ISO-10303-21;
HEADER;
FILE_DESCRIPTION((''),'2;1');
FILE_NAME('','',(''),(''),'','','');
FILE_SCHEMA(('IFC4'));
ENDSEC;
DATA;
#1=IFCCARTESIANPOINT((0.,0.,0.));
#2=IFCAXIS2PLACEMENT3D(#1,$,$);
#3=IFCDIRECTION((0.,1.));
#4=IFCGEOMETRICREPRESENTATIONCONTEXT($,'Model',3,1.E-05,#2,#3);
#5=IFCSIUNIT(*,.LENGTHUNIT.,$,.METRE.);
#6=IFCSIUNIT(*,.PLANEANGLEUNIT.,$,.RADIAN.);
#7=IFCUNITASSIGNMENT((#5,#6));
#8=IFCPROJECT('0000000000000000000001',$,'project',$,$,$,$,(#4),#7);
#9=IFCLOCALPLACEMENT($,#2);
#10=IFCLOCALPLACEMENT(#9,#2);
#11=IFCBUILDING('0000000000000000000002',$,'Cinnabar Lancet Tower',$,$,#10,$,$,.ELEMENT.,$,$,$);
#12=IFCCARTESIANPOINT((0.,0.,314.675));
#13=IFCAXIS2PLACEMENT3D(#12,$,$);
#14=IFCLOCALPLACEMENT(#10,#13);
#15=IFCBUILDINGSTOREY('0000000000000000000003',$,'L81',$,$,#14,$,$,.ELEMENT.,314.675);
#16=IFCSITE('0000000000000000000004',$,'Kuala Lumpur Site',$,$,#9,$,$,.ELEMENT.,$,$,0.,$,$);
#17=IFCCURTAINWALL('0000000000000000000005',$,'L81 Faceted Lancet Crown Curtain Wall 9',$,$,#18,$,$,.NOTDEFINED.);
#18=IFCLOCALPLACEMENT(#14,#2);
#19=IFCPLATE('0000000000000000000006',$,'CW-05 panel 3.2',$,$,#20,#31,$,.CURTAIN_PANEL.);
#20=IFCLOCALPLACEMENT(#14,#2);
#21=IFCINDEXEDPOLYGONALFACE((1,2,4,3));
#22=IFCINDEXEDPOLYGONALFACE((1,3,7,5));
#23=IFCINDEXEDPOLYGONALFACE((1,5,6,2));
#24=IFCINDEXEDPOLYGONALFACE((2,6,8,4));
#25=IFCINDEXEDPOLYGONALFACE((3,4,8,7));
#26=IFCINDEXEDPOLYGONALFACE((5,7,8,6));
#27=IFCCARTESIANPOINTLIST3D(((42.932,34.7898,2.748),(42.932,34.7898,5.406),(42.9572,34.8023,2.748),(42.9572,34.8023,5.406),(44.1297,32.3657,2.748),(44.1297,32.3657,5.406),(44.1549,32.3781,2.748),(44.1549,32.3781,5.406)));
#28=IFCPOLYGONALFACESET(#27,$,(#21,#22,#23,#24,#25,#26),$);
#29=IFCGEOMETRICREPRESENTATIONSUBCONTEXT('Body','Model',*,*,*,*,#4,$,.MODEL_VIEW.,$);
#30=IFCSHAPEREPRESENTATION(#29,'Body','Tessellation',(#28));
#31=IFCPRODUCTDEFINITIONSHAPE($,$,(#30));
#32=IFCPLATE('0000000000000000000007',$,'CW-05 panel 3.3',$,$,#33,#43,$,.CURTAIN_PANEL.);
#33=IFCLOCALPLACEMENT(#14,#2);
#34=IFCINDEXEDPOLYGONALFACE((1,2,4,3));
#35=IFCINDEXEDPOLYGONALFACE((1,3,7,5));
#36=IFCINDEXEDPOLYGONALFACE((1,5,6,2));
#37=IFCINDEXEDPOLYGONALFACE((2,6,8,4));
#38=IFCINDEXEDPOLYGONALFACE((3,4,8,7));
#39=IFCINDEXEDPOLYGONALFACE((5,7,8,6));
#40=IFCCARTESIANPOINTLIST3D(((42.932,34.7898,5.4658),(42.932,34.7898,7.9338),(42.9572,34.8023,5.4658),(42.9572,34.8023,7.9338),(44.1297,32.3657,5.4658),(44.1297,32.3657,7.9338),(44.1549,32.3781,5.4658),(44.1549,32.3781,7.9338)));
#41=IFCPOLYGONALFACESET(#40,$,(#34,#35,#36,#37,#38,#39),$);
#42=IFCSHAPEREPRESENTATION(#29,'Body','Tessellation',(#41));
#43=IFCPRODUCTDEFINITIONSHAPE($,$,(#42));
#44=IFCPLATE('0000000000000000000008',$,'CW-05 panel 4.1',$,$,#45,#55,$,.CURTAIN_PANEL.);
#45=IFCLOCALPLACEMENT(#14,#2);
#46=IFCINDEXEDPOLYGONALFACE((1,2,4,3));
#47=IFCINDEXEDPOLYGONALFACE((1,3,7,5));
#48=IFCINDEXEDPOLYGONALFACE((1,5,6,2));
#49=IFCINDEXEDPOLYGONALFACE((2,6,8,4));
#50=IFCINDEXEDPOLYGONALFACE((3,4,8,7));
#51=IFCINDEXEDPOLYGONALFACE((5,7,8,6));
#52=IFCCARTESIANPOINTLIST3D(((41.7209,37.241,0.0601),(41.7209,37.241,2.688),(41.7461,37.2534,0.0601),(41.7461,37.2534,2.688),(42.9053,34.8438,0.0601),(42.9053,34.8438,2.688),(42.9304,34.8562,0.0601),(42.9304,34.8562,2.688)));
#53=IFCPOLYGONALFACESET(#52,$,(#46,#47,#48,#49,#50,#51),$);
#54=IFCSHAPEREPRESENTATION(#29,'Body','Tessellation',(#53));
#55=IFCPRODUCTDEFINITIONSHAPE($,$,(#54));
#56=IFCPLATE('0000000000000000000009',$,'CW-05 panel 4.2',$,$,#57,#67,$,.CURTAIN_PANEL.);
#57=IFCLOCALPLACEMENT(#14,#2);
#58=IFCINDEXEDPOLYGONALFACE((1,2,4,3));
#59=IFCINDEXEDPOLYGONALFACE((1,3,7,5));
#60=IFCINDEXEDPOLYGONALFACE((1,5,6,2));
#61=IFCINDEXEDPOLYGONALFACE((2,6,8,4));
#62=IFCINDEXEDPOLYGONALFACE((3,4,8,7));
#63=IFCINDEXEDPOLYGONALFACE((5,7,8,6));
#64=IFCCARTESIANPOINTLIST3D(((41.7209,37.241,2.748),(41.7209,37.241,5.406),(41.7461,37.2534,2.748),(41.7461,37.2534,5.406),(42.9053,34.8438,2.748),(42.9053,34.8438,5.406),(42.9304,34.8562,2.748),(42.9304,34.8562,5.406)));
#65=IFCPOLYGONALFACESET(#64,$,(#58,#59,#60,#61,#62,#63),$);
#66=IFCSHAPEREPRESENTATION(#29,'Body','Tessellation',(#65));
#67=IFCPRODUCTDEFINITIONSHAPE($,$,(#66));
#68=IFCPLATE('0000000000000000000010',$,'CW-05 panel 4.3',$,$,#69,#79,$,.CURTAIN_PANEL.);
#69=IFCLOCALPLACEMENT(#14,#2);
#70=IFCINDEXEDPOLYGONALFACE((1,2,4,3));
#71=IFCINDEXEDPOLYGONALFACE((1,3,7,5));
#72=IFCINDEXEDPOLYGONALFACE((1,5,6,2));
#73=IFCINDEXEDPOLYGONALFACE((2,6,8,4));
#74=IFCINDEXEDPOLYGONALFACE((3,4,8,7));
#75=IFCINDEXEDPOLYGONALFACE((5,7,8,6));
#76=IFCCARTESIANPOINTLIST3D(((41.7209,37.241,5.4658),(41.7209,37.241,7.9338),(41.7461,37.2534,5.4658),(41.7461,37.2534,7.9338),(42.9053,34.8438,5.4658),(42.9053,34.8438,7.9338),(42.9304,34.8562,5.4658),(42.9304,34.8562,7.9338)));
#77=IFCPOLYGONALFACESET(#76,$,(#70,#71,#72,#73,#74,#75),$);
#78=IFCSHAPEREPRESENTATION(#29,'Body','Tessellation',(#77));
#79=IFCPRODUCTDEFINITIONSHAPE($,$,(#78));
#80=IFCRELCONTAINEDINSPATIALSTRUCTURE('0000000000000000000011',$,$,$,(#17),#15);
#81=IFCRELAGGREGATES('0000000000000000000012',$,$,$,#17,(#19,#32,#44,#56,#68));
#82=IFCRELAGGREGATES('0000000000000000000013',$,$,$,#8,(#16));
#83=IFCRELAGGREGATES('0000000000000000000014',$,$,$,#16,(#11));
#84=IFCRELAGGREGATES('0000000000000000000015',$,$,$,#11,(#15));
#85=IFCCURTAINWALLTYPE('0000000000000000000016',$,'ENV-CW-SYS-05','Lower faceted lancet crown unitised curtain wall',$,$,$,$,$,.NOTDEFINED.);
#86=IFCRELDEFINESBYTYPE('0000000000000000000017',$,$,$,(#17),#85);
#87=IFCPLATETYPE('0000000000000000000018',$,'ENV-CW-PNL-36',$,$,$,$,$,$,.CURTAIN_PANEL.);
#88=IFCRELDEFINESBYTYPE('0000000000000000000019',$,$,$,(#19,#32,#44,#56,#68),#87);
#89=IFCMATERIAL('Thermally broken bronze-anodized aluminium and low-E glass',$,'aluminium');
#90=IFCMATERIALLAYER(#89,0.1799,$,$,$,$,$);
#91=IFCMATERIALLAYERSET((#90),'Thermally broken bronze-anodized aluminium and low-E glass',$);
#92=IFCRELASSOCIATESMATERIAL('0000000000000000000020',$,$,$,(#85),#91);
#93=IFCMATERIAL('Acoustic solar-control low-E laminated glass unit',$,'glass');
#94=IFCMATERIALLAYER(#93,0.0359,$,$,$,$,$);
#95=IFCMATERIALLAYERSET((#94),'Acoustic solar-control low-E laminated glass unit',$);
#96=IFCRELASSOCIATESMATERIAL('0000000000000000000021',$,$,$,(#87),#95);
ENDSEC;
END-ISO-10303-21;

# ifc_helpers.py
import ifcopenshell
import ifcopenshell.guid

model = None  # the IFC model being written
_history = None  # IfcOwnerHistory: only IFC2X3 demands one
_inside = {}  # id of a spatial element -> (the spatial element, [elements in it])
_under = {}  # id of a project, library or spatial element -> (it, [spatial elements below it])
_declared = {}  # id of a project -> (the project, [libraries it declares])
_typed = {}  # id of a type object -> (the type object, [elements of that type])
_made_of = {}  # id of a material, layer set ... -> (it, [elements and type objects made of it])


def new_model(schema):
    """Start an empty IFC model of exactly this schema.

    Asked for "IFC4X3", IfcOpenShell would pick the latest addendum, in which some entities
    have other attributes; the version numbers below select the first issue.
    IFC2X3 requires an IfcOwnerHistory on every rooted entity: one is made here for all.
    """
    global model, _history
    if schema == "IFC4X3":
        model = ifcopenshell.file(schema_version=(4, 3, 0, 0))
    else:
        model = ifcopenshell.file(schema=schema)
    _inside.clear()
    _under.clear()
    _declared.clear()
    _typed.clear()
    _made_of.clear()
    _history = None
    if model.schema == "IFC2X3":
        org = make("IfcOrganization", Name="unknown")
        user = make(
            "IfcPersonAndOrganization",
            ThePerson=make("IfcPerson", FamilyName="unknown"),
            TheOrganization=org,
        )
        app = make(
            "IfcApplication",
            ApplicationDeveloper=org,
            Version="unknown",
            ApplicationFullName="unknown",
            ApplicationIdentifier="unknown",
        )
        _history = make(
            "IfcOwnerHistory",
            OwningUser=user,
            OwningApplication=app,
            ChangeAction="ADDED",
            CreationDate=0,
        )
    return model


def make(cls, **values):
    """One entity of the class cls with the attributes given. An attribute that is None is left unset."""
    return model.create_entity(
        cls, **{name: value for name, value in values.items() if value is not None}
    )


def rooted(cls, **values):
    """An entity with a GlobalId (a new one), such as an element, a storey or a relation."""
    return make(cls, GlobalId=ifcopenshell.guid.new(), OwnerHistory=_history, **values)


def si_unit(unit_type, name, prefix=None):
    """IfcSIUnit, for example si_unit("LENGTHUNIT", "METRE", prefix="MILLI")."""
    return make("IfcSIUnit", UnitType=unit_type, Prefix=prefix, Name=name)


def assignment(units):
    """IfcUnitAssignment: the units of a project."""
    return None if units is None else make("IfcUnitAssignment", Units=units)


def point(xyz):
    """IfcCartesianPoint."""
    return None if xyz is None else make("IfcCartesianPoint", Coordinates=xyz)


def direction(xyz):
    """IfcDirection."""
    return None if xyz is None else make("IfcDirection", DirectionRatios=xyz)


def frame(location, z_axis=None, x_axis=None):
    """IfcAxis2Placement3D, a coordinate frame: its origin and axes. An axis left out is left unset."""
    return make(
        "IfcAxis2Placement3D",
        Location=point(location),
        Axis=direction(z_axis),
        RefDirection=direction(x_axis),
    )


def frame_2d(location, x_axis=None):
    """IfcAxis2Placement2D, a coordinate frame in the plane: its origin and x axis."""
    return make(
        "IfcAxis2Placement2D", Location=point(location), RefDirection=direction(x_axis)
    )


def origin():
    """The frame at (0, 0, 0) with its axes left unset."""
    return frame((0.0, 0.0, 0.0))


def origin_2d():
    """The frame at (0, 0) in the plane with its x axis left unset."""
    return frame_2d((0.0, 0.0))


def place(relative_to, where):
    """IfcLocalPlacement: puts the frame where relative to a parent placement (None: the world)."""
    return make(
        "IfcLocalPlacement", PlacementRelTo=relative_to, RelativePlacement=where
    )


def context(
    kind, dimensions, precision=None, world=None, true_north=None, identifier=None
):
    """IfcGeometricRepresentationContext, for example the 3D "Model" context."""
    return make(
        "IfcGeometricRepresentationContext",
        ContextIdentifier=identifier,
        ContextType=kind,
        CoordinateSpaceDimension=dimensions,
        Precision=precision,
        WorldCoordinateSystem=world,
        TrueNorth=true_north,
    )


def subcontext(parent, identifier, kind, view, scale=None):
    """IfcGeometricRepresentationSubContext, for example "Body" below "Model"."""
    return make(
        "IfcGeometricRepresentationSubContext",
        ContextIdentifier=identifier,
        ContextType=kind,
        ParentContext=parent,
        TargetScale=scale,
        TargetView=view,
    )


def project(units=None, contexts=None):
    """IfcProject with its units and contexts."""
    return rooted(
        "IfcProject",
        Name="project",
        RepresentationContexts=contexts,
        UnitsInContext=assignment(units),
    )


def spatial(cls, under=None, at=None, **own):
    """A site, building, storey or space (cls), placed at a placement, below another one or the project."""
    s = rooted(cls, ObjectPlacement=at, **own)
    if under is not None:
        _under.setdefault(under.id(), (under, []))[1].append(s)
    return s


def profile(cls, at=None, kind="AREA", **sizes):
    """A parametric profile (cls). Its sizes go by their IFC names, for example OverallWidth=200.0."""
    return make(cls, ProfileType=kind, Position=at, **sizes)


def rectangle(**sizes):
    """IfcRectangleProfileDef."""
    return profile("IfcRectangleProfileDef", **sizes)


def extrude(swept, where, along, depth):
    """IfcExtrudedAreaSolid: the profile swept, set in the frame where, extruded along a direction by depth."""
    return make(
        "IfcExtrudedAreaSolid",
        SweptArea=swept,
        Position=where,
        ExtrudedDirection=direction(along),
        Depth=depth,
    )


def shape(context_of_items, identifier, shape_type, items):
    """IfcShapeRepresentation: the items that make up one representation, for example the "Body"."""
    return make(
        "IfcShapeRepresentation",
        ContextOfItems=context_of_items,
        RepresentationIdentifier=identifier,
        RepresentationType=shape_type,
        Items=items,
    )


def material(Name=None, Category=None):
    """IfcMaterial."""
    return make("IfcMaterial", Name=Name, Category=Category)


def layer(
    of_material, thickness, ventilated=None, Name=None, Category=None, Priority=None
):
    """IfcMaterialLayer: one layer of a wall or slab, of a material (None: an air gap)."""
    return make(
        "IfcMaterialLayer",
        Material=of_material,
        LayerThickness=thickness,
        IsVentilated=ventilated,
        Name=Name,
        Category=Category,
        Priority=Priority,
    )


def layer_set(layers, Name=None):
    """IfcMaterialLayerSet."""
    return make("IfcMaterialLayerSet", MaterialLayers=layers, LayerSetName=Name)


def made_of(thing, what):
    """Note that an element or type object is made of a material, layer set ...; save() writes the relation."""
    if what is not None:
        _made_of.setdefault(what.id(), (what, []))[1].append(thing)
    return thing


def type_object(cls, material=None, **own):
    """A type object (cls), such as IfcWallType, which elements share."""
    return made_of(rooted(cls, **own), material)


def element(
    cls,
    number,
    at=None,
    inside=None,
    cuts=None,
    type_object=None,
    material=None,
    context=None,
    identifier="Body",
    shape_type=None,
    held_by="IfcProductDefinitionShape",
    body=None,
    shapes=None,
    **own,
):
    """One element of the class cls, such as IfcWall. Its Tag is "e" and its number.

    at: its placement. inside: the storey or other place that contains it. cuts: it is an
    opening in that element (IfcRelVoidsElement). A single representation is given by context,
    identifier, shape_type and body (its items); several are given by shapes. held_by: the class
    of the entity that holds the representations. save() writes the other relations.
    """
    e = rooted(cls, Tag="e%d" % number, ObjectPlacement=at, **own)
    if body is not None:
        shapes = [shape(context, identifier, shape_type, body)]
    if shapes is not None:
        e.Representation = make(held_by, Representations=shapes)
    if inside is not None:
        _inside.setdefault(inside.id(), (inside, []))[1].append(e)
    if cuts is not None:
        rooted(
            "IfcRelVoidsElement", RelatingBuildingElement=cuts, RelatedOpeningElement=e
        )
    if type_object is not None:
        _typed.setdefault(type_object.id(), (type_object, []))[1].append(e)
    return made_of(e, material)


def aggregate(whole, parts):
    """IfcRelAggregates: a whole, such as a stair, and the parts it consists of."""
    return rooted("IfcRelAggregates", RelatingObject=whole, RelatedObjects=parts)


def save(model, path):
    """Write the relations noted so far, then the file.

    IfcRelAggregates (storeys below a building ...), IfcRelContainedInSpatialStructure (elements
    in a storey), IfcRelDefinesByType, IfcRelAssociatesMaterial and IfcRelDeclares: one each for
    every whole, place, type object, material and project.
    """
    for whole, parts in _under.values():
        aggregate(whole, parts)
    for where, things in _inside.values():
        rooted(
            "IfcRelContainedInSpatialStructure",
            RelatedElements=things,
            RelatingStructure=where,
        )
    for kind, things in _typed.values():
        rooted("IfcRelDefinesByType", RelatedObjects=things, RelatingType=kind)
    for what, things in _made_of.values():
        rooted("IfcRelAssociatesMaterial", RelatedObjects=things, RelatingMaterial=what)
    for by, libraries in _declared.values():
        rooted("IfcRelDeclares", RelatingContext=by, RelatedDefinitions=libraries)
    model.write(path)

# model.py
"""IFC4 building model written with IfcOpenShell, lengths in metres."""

from ifc_helpers import new_model, si_unit, direction, frame, origin, origin_2d, place, context, subcontext, project, spatial, rectangle, extrude, material, layer, layer_set, type_object, element, aggregate, save


model = new_model("IFC4")

# Units and contexts
model_context = context("Model", 3, precision=1e-05, world=origin(), true_north=direction((0.0, 1.0)))
body_context = subcontext(model_context, "Body", "Model", "MODEL_VIEW")
ifc_project = project(units=[si_unit("LENGTHUNIT", "METRE"), si_unit("PLANEANGLEUNIT", "RADIAN")], contexts=[model_context])

# Site, building, storey
site_placement = place(None, origin())
site = spatial("IfcSite", under=ifc_project, at=site_placement, Name="Kuala Lumpur Site", CompositionType="ELEMENT", RefElevation=0.0)
building_placement = place(site_placement, origin())
building = spatial("IfcBuilding", under=site, at=building_placement, Name="Cinnabar Lancet Tower", CompositionType="ELEMENT")
storey_placement = place(building_placement, frame((0.0, 0.0, 314.675)))
storey = spatial("IfcBuildingStorey", under=building, at=storey_placement, Name="L81", CompositionType="ELEMENT", Elevation=314.675)

# Curtain wall
ifc_material_1 = material(Name="Thermally broken bronze-anodized aluminium and low-E glass", Category="aluminium")
ifc_layer_1 = layer(ifc_material_1, 0.1799)
ifc_layer_set_1 = layer_set([ifc_layer_1], Name="Thermally broken bronze-anodized aluminium and low-E glass")
curtain_wall_type = type_object("IfcCurtainWallType", Name="ENV-CW-SYS-05", Description="Lower faceted lancet crown unitised curtain wall", PredefinedType="NOTDEFINED", material=ifc_layer_set_1)
curtain_wall_1_placement = place(storey_placement, origin())
curtain_wall_1 = element("IfcCurtainWall", 1, at=curtain_wall_1_placement, inside=storey, type_object=curtain_wall_type, Name="L81 Faceted Lancet Crown Curtain Wall 9", PredefinedType="NOTDEFINED")

# Plates
ifc_material_2 = material(Name="Acoustic solar-control low-E laminated glass unit", Category="glass")
ifc_layer_2 = layer(ifc_material_2, 0.0359)
ifc_layer_set_2 = layer_set([ifc_layer_2], Name="Acoustic solar-control low-E laminated glass unit")
plate_type = type_object("IfcPlateType", Name="ENV-CW-PNL-36", PredefinedType="CURTAIN_PANEL", material=ifc_layer_set_2)
plate_1_placement = place(storey_placement, frame((43.5435, 33.584, 2.748), z_axis=(0.0, 0.0, 1.0), x_axis=(-0.442939, 0.896552, 0.0)))
plate_1 = element("IfcPlate", 2, at=plate_1_placement, type_object=plate_type, Name="CW-05 panel 3.2", PredefinedType="CURTAIN_PANEL", context=body_context, shape_type="SweptSolid", body=[
    extrude(rectangle(XDim=2.7039, YDim=0.0281, at=origin_2d()), origin(), (0.0, 0.0, 1.0), 2.658),
])
plate_2_placement = place(storey_placement, frame((43.5435, 33.584, 5.4658), z_axis=(0.0, 0.0, 1.0), x_axis=(-0.442939, 0.896552, 0.0)))
plate_2 = element("IfcPlate", 3, at=plate_2_placement, type_object=plate_type, Name="CW-05 panel 3.3", PredefinedType="CURTAIN_PANEL", context=body_context, shape_type="SweptSolid", body=[
    extrude(rectangle(XDim=2.7039, YDim=0.0281, at=origin_2d()), origin(), (0.0, 0.0, 1.0), 2.468),
])
plate_3_placement = place(storey_placement, frame((42.3257, 36.0486, 0.0601), z_axis=(0.0, 0.0, 1.0), x_axis=(-0.442939, 0.896552, 0.0)))
plate_3 = element("IfcPlate", 4, at=plate_3_placement, type_object=plate_type, Name="CW-05 panel 4.1", PredefinedType="CURTAIN_PANEL", context=body_context, shape_type="SweptSolid", body=[
    extrude(rectangle(XDim=2.6738, YDim=0.0281, at=origin_2d()), origin(), (0.0, 0.0, 1.0), 2.6279),
])
plate_4_placement = place(storey_placement, frame((42.3257, 36.0486, 2.748), z_axis=(0.0, 0.0, 1.0), x_axis=(-0.442939, 0.896552, 0.0)))
plate_4 = element("IfcPlate", 5, at=plate_4_placement, type_object=plate_type, Name="CW-05 panel 4.2", PredefinedType="CURTAIN_PANEL", context=body_context, shape_type="SweptSolid", body=[
    extrude(rectangle(XDim=2.6738, YDim=0.0281, at=origin_2d()), origin(), (0.0, 0.0, 1.0), 2.658),
])
plate_5_placement = place(storey_placement, frame((42.3257, 36.0486, 5.4658), z_axis=(0.0, 0.0, 1.0), x_axis=(-0.442939, 0.896552, 0.0)))
plate_5 = element("IfcPlate", 6, at=plate_5_placement, type_object=plate_type, Name="CW-05 panel 4.3", PredefinedType="CURTAIN_PANEL", context=body_context, shape_type="SweptSolid", body=[
    extrude(rectangle(XDim=2.6738, YDim=0.0281, at=origin_2d()), origin(), (0.0, 0.0, 1.0), 2.468),
])
aggregate(curtain_wall_1, [plate_1, plate_2, plate_3, plate_4, plate_5])

save(model, "model.ifc")
